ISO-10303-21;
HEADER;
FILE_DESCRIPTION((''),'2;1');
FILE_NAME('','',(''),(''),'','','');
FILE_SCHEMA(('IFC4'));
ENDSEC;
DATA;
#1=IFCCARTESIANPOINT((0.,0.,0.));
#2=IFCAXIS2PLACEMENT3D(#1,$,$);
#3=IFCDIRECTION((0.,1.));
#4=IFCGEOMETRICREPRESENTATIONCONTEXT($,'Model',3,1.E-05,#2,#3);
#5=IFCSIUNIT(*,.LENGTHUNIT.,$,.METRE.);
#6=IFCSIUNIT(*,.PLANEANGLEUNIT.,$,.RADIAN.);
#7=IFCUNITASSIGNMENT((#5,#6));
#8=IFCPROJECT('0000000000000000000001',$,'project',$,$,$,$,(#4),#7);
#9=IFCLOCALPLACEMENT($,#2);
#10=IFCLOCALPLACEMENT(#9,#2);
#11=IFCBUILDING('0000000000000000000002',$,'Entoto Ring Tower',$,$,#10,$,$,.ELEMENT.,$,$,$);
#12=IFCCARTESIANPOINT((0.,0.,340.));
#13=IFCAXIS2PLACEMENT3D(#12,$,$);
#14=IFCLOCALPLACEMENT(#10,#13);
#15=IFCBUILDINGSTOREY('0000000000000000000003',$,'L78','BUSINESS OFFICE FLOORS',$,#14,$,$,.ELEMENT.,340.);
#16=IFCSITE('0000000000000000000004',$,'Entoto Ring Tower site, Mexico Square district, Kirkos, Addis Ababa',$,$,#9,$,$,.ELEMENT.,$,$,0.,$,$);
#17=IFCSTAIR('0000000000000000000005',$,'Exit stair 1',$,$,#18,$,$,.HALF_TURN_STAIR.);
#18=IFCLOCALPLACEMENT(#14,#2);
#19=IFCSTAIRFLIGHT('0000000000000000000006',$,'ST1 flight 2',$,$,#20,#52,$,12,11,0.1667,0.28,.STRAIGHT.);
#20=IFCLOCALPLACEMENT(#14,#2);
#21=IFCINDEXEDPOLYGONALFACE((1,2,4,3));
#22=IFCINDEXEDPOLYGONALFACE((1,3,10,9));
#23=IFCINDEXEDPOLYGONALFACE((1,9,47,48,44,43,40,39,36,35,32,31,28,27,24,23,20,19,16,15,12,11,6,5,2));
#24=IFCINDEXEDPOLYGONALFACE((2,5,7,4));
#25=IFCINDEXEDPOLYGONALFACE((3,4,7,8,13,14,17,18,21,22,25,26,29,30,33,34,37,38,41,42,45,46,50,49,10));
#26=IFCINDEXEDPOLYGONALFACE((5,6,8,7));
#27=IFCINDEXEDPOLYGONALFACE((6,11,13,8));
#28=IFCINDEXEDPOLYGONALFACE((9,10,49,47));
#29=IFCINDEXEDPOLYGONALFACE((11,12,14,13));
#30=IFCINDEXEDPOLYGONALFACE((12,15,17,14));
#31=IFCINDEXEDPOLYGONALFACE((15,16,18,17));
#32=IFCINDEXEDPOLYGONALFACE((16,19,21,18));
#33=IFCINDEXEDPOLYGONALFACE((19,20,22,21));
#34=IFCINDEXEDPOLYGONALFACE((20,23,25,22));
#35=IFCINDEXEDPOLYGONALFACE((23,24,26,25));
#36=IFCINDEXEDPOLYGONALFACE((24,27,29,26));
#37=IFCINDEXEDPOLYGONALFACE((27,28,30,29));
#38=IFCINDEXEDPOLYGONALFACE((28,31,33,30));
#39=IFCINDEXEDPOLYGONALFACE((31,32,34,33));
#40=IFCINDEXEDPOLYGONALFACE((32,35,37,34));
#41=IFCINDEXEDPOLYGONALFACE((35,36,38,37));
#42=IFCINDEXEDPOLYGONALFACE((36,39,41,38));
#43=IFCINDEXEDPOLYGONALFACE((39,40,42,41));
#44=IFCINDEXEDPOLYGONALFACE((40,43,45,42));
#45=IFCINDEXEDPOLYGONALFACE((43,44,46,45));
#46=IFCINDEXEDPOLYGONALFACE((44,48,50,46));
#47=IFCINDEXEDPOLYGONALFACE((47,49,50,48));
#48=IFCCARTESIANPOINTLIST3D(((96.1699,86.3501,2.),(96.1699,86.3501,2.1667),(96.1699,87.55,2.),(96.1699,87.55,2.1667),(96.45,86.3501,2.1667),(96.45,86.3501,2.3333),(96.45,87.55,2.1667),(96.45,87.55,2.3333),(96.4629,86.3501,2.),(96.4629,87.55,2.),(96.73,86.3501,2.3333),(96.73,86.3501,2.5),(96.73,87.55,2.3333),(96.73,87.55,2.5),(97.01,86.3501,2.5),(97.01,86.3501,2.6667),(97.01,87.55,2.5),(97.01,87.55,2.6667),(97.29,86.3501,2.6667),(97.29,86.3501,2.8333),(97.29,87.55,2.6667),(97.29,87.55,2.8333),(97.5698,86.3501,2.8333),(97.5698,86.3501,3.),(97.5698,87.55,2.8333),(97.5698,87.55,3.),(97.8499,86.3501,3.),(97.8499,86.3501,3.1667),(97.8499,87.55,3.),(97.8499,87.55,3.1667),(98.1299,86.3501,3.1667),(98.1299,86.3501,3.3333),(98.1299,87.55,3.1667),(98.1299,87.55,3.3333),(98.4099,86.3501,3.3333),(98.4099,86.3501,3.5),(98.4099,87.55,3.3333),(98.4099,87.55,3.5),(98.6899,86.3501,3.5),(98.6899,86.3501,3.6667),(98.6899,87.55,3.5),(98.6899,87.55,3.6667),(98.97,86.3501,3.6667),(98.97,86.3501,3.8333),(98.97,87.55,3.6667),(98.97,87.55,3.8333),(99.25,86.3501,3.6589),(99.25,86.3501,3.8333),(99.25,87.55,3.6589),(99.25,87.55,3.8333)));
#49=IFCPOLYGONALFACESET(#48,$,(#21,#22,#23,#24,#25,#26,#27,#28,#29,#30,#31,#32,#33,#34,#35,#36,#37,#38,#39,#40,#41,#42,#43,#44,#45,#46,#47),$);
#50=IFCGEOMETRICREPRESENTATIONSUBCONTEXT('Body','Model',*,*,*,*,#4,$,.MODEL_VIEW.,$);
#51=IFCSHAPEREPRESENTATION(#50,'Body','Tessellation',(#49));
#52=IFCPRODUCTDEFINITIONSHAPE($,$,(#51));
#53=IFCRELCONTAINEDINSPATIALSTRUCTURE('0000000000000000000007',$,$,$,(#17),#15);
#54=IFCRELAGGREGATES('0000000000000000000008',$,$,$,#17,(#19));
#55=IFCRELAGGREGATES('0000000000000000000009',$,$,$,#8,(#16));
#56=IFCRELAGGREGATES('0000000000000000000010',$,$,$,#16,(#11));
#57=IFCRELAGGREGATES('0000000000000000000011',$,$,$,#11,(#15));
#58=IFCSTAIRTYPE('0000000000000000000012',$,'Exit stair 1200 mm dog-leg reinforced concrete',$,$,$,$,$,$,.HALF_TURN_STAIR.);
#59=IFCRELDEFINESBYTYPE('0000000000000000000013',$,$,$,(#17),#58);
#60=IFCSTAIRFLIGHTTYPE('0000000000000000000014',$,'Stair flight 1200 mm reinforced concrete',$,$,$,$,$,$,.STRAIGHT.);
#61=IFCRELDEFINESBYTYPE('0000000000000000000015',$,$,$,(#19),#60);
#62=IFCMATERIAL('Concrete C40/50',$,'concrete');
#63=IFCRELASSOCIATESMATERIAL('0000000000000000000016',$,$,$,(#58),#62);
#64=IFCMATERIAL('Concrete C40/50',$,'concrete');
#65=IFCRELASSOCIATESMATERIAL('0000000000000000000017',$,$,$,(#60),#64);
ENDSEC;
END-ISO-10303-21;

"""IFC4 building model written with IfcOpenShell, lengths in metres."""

from ifc_helpers import new_model, si_unit, direction, frame, origin, place, context, subcontext, project, spatial, polyline, outline, extrude, material, type_object, element, aggregate, save


model = new_model("IFC4")

# Units and contexts
model_context = context("Model", 3, precision=1e-05, world=origin(), true_north=direction((0.0, 1.0)))
body_context = subcontext(model_context, "Body", "Model", "MODEL_VIEW")
ifc_project = project(units=[si_unit("LENGTHUNIT", "METRE"), si_unit("PLANEANGLEUNIT", "RADIAN")], contexts=[model_context])

# Site, building, storey
site_placement = place(None, origin())
site = spatial("IfcSite", under=ifc_project, at=site_placement, Name="Entoto Ring Tower site, Mexico Square district, Kirkos, Addis Ababa", CompositionType="ELEMENT", RefElevation=0.0)
building_placement = place(site_placement, origin())
building = spatial("IfcBuilding", under=site, at=building_placement, Name="Entoto Ring Tower", CompositionType="ELEMENT")
storey_placement = place(building_placement, frame((0.0, 0.0, 340.0)))
storey = spatial("IfcBuildingStorey", under=building, at=storey_placement, Name="L78", Description="BUSINESS OFFICE FLOORS", CompositionType="ELEMENT", Elevation=340.0)

# Stair, stair flight
ifc_material_1 = material(Name="Concrete C40/50", Category="concrete")
stair_type = type_object("IfcStairType", Name="Exit stair 1200 mm dog-leg reinforced concrete", PredefinedType="HALF_TURN_STAIR", material=ifc_material_1)
stair_placement = place(storey_placement, origin())
stair = element("IfcStair", 1, at=stair_placement, inside=storey, type_object=stair_type, Name="Exit stair 1", PredefinedType="HALF_TURN_STAIR")
ifc_material_2 = material(Name="Concrete C40/50", Category="concrete")
stair_flight_type = type_object("IfcStairFlightType", Name="Stair flight 1200 mm reinforced concrete", PredefinedType="STRAIGHT", material=ifc_material_2)
stair_flight_placement = place(storey_placement, frame((96.1699, 86.95, 2.0), z_axis=(0.0, 0.0, 1.0), x_axis=(1.0, 0.0, 0.0)))
stair_flight = element("IfcStairFlight", 2, at=stair_flight_placement, type_object=stair_flight_type, Name="ST1 flight 2", NumberOfRisers=12, NumberOfTreads=11, PredefinedType="STRAIGHT", RiserHeight=0.1667, TreadLength=0.28, context=body_context, shape_type="SweptSolid", body=[
    extrude(outline(polyline([(0.0, 0.0), (0.0, 0.1667), (0.28, 0.1667), (0.28, 0.3333), (0.5601, 0.3333), (0.5601, 0.5), (0.8401, 0.5), (0.8401, 0.6667), (1.1201, 0.6667), (1.1201, 0.8333), (1.3999, 0.8333), (1.3999, 1.0), (1.6799, 1.0), (1.6799, 1.1667), (1.96, 1.1667), (1.96, 1.3333), (2.24, 1.3333), (2.24, 1.5), (2.52, 1.5), (2.52, 1.6667), (2.8, 1.6667), (2.8, 1.8333), (3.0801, 1.8333), (3.0801, 2.0), (3.0801, 1.6589), (0.293, 0.0), (0.0, 0.0)])), frame((0.0, 0.6001, 0.0), z_axis=(0.0, -1.0, 0.0), x_axis=(1.0, 0.0, 0.0)), (0.0, 0.0, 1.0), 1.2),
])
aggregate(stair, [stair_flight])

save(model, "model.ifc")
